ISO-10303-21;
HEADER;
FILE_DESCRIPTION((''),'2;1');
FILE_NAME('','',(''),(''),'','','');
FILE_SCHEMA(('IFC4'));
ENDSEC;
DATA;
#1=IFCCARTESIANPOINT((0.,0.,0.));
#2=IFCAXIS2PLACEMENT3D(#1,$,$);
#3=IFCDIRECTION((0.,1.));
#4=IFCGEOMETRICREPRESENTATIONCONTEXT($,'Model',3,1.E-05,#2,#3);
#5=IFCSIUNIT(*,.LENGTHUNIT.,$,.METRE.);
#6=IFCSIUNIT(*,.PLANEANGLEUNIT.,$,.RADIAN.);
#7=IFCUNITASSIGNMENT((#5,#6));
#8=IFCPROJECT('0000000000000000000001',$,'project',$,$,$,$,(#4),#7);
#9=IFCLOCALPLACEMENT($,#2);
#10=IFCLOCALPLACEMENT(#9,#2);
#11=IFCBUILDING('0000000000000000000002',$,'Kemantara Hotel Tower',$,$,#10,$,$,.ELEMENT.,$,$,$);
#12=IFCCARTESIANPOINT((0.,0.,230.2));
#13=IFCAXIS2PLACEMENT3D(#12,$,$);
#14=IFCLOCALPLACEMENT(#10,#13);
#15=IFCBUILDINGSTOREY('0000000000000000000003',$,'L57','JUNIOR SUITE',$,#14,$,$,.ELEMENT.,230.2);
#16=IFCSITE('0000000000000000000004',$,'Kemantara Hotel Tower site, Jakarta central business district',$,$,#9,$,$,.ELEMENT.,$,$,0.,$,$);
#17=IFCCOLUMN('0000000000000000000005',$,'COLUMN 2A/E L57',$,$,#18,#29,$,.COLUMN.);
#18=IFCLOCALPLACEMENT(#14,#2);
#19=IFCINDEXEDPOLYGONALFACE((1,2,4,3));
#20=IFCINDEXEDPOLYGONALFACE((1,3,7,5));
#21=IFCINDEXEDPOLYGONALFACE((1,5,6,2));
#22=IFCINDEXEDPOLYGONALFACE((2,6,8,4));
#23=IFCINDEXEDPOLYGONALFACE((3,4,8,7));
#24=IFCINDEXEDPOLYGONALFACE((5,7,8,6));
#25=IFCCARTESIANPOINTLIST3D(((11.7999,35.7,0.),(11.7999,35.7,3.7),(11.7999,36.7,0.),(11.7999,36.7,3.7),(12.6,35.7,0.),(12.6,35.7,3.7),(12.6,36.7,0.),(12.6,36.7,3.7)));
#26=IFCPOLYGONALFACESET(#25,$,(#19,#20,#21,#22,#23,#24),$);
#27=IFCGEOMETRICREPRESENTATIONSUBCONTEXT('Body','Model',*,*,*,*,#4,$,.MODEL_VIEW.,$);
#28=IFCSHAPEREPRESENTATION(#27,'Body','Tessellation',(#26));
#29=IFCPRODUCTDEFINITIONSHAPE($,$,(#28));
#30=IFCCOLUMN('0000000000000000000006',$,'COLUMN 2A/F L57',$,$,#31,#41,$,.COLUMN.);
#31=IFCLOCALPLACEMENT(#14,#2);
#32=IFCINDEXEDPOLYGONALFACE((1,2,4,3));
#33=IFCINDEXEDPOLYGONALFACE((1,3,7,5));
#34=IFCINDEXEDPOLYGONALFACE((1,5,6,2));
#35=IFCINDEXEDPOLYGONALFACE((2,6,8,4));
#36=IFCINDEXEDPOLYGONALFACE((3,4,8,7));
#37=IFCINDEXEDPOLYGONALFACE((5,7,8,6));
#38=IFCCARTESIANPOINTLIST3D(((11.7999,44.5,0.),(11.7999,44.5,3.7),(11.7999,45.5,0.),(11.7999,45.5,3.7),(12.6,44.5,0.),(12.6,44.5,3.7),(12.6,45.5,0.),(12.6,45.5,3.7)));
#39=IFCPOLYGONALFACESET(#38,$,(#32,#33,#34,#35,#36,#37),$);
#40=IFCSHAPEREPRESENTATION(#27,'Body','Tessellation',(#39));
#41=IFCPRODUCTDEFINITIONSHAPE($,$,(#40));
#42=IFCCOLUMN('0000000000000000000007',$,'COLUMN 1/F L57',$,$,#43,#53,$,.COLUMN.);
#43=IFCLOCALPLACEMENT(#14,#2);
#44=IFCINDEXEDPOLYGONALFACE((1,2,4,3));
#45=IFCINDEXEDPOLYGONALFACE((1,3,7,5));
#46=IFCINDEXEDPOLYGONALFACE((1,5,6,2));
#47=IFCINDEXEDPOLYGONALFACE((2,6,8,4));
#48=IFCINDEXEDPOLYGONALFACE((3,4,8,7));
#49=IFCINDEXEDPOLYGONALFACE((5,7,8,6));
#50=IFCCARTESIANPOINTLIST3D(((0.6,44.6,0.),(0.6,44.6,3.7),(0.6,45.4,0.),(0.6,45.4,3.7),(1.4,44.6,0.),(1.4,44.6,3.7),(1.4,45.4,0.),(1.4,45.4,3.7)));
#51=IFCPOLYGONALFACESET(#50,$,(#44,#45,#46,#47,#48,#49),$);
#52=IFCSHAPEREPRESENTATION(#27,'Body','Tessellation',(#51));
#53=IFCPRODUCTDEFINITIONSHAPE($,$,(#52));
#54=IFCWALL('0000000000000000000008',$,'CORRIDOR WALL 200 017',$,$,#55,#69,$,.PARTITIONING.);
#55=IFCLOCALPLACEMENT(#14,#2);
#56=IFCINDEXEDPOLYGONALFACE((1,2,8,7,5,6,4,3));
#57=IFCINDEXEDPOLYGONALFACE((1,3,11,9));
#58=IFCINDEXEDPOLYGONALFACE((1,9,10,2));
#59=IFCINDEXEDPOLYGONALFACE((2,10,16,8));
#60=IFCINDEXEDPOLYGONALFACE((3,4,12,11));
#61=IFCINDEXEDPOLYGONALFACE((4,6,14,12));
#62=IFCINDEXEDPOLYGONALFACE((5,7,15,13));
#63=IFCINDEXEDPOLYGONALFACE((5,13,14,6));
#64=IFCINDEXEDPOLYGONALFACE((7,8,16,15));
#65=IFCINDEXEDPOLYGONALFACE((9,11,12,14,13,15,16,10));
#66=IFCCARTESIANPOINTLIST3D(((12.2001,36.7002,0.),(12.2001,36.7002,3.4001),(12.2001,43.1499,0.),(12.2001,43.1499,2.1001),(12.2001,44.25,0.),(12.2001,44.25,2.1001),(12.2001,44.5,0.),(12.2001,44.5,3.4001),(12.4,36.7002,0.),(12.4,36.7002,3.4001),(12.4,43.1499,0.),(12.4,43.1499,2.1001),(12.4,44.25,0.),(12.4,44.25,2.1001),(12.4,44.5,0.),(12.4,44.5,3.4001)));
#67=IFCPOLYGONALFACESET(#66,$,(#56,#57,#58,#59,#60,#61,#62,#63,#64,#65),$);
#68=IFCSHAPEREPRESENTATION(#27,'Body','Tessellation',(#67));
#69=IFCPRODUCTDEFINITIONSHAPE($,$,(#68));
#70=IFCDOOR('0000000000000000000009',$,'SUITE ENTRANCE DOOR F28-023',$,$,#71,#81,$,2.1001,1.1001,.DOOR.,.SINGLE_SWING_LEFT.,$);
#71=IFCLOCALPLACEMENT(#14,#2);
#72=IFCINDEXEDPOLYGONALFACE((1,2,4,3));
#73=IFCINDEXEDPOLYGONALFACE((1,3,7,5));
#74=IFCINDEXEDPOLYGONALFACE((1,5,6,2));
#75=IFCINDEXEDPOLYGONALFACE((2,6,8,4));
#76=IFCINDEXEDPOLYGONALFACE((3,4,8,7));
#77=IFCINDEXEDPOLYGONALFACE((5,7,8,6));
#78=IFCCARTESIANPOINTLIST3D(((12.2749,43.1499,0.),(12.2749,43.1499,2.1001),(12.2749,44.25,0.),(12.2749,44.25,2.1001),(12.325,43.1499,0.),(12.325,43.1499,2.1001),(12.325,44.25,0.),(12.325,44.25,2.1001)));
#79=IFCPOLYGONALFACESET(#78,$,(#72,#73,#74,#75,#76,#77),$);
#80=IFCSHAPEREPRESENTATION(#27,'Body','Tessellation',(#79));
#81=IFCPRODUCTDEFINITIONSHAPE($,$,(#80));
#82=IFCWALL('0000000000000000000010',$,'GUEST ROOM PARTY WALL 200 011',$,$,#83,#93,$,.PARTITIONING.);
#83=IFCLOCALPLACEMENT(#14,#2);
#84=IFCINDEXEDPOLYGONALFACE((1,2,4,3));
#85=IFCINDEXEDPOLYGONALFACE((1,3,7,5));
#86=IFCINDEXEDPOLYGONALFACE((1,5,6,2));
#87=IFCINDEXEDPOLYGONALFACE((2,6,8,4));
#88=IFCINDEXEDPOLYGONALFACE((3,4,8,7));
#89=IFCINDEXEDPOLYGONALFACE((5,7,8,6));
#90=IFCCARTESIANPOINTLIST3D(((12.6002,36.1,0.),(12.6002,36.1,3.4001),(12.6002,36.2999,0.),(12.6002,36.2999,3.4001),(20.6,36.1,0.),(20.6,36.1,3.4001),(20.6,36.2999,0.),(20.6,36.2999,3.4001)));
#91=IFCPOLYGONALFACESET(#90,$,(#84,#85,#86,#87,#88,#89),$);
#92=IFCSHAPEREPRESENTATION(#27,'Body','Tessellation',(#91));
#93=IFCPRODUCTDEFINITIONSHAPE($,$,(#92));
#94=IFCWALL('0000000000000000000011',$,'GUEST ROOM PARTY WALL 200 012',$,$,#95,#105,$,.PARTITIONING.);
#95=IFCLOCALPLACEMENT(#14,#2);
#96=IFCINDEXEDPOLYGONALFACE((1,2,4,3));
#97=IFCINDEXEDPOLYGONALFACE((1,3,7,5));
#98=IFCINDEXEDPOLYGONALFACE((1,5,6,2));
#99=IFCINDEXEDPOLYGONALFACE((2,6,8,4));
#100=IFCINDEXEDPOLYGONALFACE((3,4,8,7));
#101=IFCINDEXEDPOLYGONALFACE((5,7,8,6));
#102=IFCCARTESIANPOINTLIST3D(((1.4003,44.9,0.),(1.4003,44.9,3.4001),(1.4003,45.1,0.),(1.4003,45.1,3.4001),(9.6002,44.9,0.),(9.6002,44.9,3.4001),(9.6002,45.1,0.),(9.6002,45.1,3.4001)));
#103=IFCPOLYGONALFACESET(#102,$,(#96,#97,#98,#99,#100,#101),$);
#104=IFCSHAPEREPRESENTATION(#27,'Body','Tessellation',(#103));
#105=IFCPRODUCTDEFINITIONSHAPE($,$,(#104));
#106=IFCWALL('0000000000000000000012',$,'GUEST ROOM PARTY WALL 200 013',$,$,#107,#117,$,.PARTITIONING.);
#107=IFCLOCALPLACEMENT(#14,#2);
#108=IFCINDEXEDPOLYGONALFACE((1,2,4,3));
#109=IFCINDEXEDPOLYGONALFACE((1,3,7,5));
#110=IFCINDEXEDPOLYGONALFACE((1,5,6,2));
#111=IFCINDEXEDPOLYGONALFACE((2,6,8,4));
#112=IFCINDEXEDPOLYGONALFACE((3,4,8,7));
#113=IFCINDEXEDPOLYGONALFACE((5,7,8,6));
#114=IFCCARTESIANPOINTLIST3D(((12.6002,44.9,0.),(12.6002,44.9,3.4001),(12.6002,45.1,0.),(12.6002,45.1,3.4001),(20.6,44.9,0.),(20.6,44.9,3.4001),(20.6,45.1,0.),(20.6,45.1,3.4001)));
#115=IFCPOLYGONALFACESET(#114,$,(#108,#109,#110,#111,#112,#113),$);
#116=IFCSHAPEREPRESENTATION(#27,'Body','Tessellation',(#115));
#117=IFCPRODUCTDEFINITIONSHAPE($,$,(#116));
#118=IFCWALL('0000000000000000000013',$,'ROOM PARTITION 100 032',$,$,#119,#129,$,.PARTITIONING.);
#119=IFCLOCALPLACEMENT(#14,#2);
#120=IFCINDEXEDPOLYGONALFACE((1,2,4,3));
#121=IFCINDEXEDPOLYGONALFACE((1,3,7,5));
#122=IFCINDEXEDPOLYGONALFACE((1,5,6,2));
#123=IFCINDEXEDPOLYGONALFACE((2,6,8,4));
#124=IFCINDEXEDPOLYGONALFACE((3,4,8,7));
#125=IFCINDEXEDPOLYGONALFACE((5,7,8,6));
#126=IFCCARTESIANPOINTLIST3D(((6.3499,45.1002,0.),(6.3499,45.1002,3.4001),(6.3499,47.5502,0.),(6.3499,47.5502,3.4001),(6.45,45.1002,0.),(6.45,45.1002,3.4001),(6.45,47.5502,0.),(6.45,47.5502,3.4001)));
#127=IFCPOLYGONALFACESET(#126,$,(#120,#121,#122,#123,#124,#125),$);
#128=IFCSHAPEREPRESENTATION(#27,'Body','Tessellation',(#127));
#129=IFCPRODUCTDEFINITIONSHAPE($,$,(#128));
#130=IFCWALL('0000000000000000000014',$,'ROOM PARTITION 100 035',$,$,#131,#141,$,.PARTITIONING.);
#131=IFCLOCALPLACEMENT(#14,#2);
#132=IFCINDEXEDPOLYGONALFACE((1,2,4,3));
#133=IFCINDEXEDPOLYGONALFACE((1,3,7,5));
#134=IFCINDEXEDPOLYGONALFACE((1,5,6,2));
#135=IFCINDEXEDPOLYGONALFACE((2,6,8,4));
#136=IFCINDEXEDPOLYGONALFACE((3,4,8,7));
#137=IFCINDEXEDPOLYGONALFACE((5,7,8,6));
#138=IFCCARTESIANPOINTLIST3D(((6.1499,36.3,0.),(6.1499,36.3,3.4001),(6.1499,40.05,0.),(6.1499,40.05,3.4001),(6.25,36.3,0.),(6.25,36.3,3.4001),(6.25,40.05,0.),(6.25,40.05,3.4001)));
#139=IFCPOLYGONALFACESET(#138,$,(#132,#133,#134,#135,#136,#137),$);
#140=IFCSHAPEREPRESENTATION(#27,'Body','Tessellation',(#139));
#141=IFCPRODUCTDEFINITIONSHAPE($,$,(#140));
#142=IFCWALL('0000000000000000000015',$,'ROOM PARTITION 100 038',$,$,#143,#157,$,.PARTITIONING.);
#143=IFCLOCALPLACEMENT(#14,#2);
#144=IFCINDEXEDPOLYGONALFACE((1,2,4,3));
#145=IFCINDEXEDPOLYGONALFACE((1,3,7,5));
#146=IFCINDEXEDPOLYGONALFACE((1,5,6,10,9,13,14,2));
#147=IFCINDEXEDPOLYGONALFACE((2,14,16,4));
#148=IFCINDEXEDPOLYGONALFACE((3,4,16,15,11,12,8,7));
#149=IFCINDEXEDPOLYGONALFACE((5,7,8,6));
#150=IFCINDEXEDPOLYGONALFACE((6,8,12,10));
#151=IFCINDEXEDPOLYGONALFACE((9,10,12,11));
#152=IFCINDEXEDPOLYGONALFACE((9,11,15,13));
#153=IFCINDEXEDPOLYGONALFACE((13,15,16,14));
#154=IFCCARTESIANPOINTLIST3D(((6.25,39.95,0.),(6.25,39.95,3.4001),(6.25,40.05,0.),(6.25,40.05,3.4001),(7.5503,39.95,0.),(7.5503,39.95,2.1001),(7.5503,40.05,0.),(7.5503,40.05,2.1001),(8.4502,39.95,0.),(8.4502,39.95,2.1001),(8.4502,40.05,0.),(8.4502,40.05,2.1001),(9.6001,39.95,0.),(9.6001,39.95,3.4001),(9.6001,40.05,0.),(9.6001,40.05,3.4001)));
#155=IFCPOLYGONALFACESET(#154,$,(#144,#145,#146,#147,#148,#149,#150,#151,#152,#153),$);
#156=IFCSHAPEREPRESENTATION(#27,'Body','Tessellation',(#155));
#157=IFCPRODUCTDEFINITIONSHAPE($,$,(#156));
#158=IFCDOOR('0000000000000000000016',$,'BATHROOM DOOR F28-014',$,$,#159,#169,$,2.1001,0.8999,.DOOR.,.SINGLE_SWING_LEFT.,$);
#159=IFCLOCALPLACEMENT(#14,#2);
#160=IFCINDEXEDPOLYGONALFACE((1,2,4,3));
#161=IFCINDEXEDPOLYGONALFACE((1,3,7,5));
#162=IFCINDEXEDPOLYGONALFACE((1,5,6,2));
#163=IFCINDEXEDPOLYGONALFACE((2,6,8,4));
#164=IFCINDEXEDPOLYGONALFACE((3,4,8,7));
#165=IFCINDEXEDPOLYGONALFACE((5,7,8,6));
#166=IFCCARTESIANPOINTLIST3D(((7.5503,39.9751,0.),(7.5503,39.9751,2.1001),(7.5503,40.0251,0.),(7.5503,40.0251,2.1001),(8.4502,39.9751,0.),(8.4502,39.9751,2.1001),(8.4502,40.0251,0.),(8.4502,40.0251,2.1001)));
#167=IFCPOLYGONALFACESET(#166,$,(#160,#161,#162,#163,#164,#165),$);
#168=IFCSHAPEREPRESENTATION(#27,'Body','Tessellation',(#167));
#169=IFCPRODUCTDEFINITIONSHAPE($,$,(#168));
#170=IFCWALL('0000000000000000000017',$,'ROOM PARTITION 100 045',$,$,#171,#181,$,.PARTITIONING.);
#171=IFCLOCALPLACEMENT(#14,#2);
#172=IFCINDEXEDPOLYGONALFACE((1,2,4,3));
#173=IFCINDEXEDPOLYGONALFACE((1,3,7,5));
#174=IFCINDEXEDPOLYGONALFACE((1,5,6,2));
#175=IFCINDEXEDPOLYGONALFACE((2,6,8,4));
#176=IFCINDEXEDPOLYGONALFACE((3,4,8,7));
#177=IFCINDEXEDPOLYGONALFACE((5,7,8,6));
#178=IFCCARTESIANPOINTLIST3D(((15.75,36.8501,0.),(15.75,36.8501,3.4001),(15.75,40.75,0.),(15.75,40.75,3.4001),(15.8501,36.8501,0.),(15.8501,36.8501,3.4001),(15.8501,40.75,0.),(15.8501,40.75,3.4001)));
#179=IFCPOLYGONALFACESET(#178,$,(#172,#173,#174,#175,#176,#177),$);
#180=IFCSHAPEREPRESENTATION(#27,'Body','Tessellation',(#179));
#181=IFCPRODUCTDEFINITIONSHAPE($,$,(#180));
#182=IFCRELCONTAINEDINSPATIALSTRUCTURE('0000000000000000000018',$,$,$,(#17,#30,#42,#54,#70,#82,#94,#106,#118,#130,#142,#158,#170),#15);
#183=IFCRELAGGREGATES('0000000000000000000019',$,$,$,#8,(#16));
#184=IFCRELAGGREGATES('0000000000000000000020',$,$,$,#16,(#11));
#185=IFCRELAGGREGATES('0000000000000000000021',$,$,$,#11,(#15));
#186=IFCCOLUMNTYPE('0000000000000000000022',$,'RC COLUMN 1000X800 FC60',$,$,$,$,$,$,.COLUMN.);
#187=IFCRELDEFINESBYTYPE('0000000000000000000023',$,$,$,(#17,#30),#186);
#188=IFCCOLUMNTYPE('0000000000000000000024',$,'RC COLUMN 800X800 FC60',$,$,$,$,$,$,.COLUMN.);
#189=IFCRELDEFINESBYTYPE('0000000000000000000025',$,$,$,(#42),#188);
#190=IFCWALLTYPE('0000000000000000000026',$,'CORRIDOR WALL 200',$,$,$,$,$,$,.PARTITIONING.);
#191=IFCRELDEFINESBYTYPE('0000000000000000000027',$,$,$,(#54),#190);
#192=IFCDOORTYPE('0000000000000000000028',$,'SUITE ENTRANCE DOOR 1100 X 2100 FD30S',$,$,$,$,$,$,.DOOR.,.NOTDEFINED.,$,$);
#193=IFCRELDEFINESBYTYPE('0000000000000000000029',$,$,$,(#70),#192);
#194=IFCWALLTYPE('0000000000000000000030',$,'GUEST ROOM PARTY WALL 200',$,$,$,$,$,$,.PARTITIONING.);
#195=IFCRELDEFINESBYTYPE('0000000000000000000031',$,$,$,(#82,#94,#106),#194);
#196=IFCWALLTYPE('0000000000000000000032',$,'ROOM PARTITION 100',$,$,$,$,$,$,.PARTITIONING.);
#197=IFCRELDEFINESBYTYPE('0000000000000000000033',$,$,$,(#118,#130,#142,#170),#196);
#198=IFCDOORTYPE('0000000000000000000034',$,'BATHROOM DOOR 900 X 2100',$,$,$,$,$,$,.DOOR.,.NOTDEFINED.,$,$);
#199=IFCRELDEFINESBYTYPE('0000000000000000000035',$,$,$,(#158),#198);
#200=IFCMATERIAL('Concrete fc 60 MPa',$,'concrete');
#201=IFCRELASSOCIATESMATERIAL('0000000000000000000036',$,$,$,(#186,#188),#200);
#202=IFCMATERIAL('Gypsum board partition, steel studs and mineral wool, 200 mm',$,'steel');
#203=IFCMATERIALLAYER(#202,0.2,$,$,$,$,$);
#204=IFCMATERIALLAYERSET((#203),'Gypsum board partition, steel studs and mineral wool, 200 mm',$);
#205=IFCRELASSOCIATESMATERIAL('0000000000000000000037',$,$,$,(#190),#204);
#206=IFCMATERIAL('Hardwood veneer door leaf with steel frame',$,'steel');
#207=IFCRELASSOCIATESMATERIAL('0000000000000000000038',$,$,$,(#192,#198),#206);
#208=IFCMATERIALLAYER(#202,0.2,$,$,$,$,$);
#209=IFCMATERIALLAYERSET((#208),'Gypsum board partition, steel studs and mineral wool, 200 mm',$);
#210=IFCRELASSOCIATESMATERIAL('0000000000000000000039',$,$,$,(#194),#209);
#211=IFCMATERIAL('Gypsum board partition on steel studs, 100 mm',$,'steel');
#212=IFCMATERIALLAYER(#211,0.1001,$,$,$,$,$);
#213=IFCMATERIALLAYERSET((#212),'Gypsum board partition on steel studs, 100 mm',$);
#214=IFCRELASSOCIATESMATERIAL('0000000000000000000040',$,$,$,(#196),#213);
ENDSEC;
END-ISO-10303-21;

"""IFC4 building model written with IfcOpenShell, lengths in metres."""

from ifc_helpers import new_model, si_unit, direction, frame, frame_2d, origin, origin_2d, place, context, subcontext, project, spatial, rectangle, extrude, material, layer, layer_set, material_profile, profile_set, type_object, element, fill, save


model = new_model("IFC4")

# Units and contexts
model_context = context("Model", 3, precision=1e-05, world=origin(), true_north=direction((0.0, 1.0)))
body_context = subcontext(model_context, "Body", "Model", "MODEL_VIEW")
ifc_project = project(units=[si_unit("LENGTHUNIT", "METRE"), si_unit("PLANEANGLEUNIT", "RADIAN")], contexts=[model_context])

# Site, building, storey
site_placement = place(None, origin())
site = spatial("IfcSite", under=ifc_project, at=site_placement, Name="Kemantara Hotel Tower site, Jakarta central business district", CompositionType="ELEMENT", RefElevation=0.0)
building_placement = place(site_placement, origin())
building = spatial("IfcBuilding", under=site, at=building_placement, Name="Kemantara Hotel Tower", CompositionType="ELEMENT")
storey_placement = place(building_placement, frame((0.0, 0.0, 230.2)))
storey = spatial("IfcBuildingStorey", under=building, at=storey_placement, Name="L57", Description="JUNIOR SUITE", CompositionType="ELEMENT", Elevation=230.2)

# Columns
ifc_material_1 = material(Name="Concrete fc 60 MPa", Category="concrete")
ifc_material_profile_1 = material_profile(ifc_material_1, rectangle(XDim=1.0, YDim=0.8, at=origin_2d()), Name="RC 1000X800")
ifc_profile_set_1 = profile_set([ifc_material_profile_1], Name="Concrete fc 60 MPa")
column_type_1 = type_object("IfcColumnType", Name="RC COLUMN 1000X800 FC60", PredefinedType="COLUMN", material=ifc_profile_set_1)
for number, where, z_axis, x_axis, name in (
    (1, (12.2, 36.2, 0.0), (0.0, 0.0, 1.0), (0.0, 1.0, 0.0), "COLUMN 2A/E L57"),
    (2, (12.2, 45.0, 0.0), (0.0, 0.0, 1.0), (0.0, 1.0, 0.0), "COLUMN 2A/F L57"),
):
    element("IfcColumn", number, at=place(storey_placement, frame(where, z_axis=z_axis, x_axis=x_axis)), inside=storey, type_object=column_type_1, Name=name, PredefinedType="COLUMN", context=body_context, shape_type="SweptSolid", body=[
        extrude(rectangle(XDim=1.0, YDim=0.8, at=origin_2d()), origin(), (0.0, 0.0, 1.0), 3.7),
    ])
ifc_material_profile_2 = material_profile(ifc_material_1, rectangle(XDim=0.8, YDim=0.8, at=origin_2d()), Name="RC 800X800")
ifc_profile_set_2 = profile_set([ifc_material_profile_2], Name="Concrete fc 60 MPa")
column_type_2 = type_object("IfcColumnType", Name="RC COLUMN 800X800 FC60", PredefinedType="COLUMN", material=ifc_profile_set_2)
column_placement = place(storey_placement, frame((1.0, 45.0, 0.0), z_axis=(0.0, 0.0, 1.0), x_axis=(1.0, 0.0, 0.0)))
element("IfcColumn", 3, at=column_placement, inside=storey, type_object=column_type_2, Name="COLUMN 1/F L57", PredefinedType="COLUMN", context=body_context, shape_type="SweptSolid", body=[
    extrude(rectangle(XDim=0.8, YDim=0.8, at=origin_2d()), origin(), (0.0, 0.0, 1.0), 3.7),
])

# Wall, opening, door
ifc_material_2 = material(Name="Gypsum board partition, steel studs and mineral wool, 200 mm", Category="steel")
ifc_layer_1 = layer(ifc_material_2, 0.2)
ifc_layer_set_1 = layer_set([ifc_layer_1], Name="Gypsum board partition, steel studs and mineral wool, 200 mm")
wall_type_1 = type_object("IfcWallType", Name="CORRIDOR WALL 200", PredefinedType="PARTITIONING", material=ifc_layer_set_1)
wall_1_placement = place(storey_placement, frame((12.3, 44.5, 0.0), z_axis=(0.0, 0.0, 1.0), x_axis=(0.0, -1.0, 0.0)))
wall_1 = element("IfcWall", 4, at=wall_1_placement, inside=storey, type_object=wall_type_1, Name="CORRIDOR WALL 200 017", PredefinedType="PARTITIONING", context=body_context, shape_type="SweptSolid", body=[
    extrude(rectangle(XDim=7.7998, YDim=0.2, at=frame_2d((3.8999, 0.0))), origin(), (0.0, 0.0, 1.0), 3.4001),
])
opening_1_placement = place(wall_1_placement, frame((0.25, 0.0, 0.0)))
opening_1 = element("IfcOpeningElement", 5, at=opening_1_placement, cuts=wall_1, PredefinedType="OPENING", context=body_context, shape_type="SweptSolid", body=[
    extrude(rectangle(XDim=1.1001, YDim=2.1001, at=frame_2d((0.55, 1.05))), frame((0.0, 0.1099, 0.0), z_axis=(0.0, -1.0, 0.0), x_axis=(1.0, 0.0, 0.0)), (0.0, 0.0, 1.0), 0.22),
])
ifc_material_3 = material(Name="Hardwood veneer door leaf with steel frame", Category="steel")
door_type_1 = type_object("IfcDoorType", Name="SUITE ENTRANCE DOOR 1100 X 2100 FD30S", OperationType="NOTDEFINED", PredefinedType="DOOR", material=ifc_material_3)
door_1_placement = place(opening_1_placement, origin())
door_1 = element("IfcDoor", 6, at=door_1_placement, inside=storey, type_object=door_type_1, Name="SUITE ENTRANCE DOOR F28-023", OperationType="SINGLE_SWING_LEFT", OverallHeight=2.1001, OverallWidth=1.1001, PredefinedType="DOOR", context=body_context, shape_type="SweptSolid", body=[
    extrude(rectangle(XDim=1.1001, YDim=2.1001, at=frame_2d((0.55, 1.05))), frame((0.0, 0.0249, 0.0), z_axis=(0.0, -1.0, 0.0), x_axis=(1.0, 0.0, 0.0)), (0.0, 0.0, 1.0), 0.05),
])
fill(opening_1, door_1)

# Walls
ifc_layer_2 = layer(ifc_material_2, 0.2)
ifc_layer_set_2 = layer_set([ifc_layer_2], Name="Gypsum board partition, steel studs and mineral wool, 200 mm")
wall_type_2 = type_object("IfcWallType", Name="GUEST ROOM PARTY WALL 200", PredefinedType="PARTITIONING", material=ifc_layer_set_2)
wall_2_placement = place(storey_placement, frame((12.6001, 36.2, 0.0), z_axis=(0.0, 0.0, 1.0), x_axis=(1.0, 0.0, 0.0)))
element("IfcWall", 7, at=wall_2_placement, inside=storey, type_object=wall_type_2, Name="GUEST ROOM PARTY WALL 200 011", PredefinedType="PARTITIONING", context=body_context, shape_type="SweptSolid", body=[
    extrude(rectangle(XDim=7.9998, YDim=0.2, at=frame_2d((4.0, 0.0))), origin(), (0.0, 0.0, 1.0), 3.4001),
])
wall_3_placement = place(storey_placement, frame((1.4001, 45.0, 0.0), z_axis=(0.0, 0.0, 1.0), x_axis=(1.0, 0.0, 0.0)))
element("IfcWall", 8, at=wall_3_placement, inside=storey, type_object=wall_type_2, Name="GUEST ROOM PARTY WALL 200 012", PredefinedType="PARTITIONING", context=body_context, shape_type="SweptSolid", body=[
    extrude(rectangle(XDim=8.2, YDim=0.2, at=frame_2d((4.1001, 0.0))), origin(), (0.0, 0.0, 1.0), 3.4001),
])
wall_4_placement = place(storey_placement, frame((12.6001, 45.0, 0.0), z_axis=(0.0, 0.0, 1.0), x_axis=(1.0, 0.0, 0.0)))
element("IfcWall", 9, at=wall_4_placement, inside=storey, type_object=wall_type_2, Name="GUEST ROOM PARTY WALL 200 013", PredefinedType="PARTITIONING", context=body_context, shape_type="SweptSolid", body=[
    extrude(rectangle(XDim=7.9998, YDim=0.2, at=frame_2d((4.0, 0.0))), origin(), (0.0, 0.0, 1.0), 3.4001),
])
ifc_material_4 = material(Name="Gypsum board partition on steel studs, 100 mm", Category="steel")
ifc_layer_3 = layer(ifc_material_4, 0.1001)
ifc_layer_set_3 = layer_set([ifc_layer_3], Name="Gypsum board partition on steel studs, 100 mm")
wall_type_3 = type_object("IfcWallType", Name="ROOM PARTITION 100", PredefinedType="PARTITIONING", material=ifc_layer_set_3)
wall_5_placement = place(storey_placement, frame((6.3999, 45.1001, 0.0), z_axis=(0.0, 0.0, 1.0), x_axis=(0.0, 1.0, 0.0)))
element("IfcWall", 10, at=wall_5_placement, inside=storey, type_object=wall_type_3, Name="ROOM PARTITION 100 032", PredefinedType="PARTITIONING", context=body_context, shape_type="SweptSolid", body=[
    extrude(rectangle(XDim=2.45, YDim=0.1001, at=frame_2d((1.2251, 0.0))), origin(), (0.0, 0.0, 1.0), 3.4001),
])
wall_6_placement = place(storey_placement, frame((6.2, 36.3, 0.0), z_axis=(0.0, 0.0, 1.0), x_axis=(0.0, 1.0, 0.0)))
element("IfcWall", 11, at=wall_6_placement, inside=storey, type_object=wall_type_3, Name="ROOM PARTITION 100 035", PredefinedType="PARTITIONING", context=body_context, shape_type="SweptSolid", body=[
    extrude(rectangle(XDim=3.75, YDim=0.1001, at=frame_2d((1.875, 0.0))), origin(), (0.0, 0.0, 1.0), 3.4001),
])

# Wall, opening, door
wall_7_placement = place(storey_placement, frame((9.6001, 40.0, 0.0), z_axis=(0.0, 0.0, 1.0), x_axis=(-1.0, 0.0, 0.0)))
wall_7 = element("IfcWall", 12, at=wall_7_placement, inside=storey, type_object=wall_type_3, Name="ROOM PARTITION 100 038", PredefinedType="PARTITIONING", context=body_context, shape_type="SweptSolid", body=[
    extrude(rectangle(XDim=3.3501, YDim=0.1001, at=frame_2d((1.675, 0.0))), origin(), (0.0, 0.0, 1.0), 3.4001),
])
opening_2_placement = place(wall_7_placement, frame((1.1499, 0.0, 0.0)))
opening_2 = element("IfcOpeningElement", 13, at=opening_2_placement, cuts=wall_7, PredefinedType="OPENING", context=body_context, shape_type="SweptSolid", body=[
    extrude(rectangle(XDim=0.8999, YDim=2.1001, at=frame_2d((0.45, 1.05))), frame((0.0, 0.0601, 0.0), z_axis=(0.0, -1.0, 0.0), x_axis=(1.0, 0.0, 0.0)), (0.0, 0.0, 1.0), 0.1201),
])
door_type_2 = type_object("IfcDoorType", Name="BATHROOM DOOR 900 X 2100", OperationType="NOTDEFINED", PredefinedType="DOOR", material=ifc_material_3)
door_2_placement = place(opening_2_placement, origin())
door_2 = element("IfcDoor", 14, at=door_2_placement, inside=storey, type_object=door_type_2, Name="BATHROOM DOOR F28-014", OperationType="SINGLE_SWING_LEFT", OverallHeight=2.1001, OverallWidth=0.8999, PredefinedType="DOOR", context=body_context, shape_type="SweptSolid", body=[
    extrude(rectangle(XDim=0.8999, YDim=2.1001, at=frame_2d((0.45, 1.05))), frame((0.0, 0.0249, 0.0), z_axis=(0.0, -1.0, 0.0), x_axis=(1.0, 0.0, 0.0)), (0.0, 0.0, 1.0), 0.05),
])
fill(opening_2, door_2)

# Wall
wall_8_placement = place(storey_placement, frame((15.8, 36.8501, 0.0), z_axis=(0.0, 0.0, 1.0), x_axis=(0.0, 1.0, 0.0)))
element("IfcWall", 15, at=wall_8_placement, inside=storey, type_object=wall_type_3, Name="ROOM PARTITION 100 045", PredefinedType="PARTITIONING", context=body_context, shape_type="SweptSolid", body=[
    extrude(rectangle(XDim=3.8999, YDim=0.1001, at=frame_2d((1.95, 0.0))), origin(), (0.0, 0.0, 1.0), 3.4001),
])

save(model, "model.ifc")
